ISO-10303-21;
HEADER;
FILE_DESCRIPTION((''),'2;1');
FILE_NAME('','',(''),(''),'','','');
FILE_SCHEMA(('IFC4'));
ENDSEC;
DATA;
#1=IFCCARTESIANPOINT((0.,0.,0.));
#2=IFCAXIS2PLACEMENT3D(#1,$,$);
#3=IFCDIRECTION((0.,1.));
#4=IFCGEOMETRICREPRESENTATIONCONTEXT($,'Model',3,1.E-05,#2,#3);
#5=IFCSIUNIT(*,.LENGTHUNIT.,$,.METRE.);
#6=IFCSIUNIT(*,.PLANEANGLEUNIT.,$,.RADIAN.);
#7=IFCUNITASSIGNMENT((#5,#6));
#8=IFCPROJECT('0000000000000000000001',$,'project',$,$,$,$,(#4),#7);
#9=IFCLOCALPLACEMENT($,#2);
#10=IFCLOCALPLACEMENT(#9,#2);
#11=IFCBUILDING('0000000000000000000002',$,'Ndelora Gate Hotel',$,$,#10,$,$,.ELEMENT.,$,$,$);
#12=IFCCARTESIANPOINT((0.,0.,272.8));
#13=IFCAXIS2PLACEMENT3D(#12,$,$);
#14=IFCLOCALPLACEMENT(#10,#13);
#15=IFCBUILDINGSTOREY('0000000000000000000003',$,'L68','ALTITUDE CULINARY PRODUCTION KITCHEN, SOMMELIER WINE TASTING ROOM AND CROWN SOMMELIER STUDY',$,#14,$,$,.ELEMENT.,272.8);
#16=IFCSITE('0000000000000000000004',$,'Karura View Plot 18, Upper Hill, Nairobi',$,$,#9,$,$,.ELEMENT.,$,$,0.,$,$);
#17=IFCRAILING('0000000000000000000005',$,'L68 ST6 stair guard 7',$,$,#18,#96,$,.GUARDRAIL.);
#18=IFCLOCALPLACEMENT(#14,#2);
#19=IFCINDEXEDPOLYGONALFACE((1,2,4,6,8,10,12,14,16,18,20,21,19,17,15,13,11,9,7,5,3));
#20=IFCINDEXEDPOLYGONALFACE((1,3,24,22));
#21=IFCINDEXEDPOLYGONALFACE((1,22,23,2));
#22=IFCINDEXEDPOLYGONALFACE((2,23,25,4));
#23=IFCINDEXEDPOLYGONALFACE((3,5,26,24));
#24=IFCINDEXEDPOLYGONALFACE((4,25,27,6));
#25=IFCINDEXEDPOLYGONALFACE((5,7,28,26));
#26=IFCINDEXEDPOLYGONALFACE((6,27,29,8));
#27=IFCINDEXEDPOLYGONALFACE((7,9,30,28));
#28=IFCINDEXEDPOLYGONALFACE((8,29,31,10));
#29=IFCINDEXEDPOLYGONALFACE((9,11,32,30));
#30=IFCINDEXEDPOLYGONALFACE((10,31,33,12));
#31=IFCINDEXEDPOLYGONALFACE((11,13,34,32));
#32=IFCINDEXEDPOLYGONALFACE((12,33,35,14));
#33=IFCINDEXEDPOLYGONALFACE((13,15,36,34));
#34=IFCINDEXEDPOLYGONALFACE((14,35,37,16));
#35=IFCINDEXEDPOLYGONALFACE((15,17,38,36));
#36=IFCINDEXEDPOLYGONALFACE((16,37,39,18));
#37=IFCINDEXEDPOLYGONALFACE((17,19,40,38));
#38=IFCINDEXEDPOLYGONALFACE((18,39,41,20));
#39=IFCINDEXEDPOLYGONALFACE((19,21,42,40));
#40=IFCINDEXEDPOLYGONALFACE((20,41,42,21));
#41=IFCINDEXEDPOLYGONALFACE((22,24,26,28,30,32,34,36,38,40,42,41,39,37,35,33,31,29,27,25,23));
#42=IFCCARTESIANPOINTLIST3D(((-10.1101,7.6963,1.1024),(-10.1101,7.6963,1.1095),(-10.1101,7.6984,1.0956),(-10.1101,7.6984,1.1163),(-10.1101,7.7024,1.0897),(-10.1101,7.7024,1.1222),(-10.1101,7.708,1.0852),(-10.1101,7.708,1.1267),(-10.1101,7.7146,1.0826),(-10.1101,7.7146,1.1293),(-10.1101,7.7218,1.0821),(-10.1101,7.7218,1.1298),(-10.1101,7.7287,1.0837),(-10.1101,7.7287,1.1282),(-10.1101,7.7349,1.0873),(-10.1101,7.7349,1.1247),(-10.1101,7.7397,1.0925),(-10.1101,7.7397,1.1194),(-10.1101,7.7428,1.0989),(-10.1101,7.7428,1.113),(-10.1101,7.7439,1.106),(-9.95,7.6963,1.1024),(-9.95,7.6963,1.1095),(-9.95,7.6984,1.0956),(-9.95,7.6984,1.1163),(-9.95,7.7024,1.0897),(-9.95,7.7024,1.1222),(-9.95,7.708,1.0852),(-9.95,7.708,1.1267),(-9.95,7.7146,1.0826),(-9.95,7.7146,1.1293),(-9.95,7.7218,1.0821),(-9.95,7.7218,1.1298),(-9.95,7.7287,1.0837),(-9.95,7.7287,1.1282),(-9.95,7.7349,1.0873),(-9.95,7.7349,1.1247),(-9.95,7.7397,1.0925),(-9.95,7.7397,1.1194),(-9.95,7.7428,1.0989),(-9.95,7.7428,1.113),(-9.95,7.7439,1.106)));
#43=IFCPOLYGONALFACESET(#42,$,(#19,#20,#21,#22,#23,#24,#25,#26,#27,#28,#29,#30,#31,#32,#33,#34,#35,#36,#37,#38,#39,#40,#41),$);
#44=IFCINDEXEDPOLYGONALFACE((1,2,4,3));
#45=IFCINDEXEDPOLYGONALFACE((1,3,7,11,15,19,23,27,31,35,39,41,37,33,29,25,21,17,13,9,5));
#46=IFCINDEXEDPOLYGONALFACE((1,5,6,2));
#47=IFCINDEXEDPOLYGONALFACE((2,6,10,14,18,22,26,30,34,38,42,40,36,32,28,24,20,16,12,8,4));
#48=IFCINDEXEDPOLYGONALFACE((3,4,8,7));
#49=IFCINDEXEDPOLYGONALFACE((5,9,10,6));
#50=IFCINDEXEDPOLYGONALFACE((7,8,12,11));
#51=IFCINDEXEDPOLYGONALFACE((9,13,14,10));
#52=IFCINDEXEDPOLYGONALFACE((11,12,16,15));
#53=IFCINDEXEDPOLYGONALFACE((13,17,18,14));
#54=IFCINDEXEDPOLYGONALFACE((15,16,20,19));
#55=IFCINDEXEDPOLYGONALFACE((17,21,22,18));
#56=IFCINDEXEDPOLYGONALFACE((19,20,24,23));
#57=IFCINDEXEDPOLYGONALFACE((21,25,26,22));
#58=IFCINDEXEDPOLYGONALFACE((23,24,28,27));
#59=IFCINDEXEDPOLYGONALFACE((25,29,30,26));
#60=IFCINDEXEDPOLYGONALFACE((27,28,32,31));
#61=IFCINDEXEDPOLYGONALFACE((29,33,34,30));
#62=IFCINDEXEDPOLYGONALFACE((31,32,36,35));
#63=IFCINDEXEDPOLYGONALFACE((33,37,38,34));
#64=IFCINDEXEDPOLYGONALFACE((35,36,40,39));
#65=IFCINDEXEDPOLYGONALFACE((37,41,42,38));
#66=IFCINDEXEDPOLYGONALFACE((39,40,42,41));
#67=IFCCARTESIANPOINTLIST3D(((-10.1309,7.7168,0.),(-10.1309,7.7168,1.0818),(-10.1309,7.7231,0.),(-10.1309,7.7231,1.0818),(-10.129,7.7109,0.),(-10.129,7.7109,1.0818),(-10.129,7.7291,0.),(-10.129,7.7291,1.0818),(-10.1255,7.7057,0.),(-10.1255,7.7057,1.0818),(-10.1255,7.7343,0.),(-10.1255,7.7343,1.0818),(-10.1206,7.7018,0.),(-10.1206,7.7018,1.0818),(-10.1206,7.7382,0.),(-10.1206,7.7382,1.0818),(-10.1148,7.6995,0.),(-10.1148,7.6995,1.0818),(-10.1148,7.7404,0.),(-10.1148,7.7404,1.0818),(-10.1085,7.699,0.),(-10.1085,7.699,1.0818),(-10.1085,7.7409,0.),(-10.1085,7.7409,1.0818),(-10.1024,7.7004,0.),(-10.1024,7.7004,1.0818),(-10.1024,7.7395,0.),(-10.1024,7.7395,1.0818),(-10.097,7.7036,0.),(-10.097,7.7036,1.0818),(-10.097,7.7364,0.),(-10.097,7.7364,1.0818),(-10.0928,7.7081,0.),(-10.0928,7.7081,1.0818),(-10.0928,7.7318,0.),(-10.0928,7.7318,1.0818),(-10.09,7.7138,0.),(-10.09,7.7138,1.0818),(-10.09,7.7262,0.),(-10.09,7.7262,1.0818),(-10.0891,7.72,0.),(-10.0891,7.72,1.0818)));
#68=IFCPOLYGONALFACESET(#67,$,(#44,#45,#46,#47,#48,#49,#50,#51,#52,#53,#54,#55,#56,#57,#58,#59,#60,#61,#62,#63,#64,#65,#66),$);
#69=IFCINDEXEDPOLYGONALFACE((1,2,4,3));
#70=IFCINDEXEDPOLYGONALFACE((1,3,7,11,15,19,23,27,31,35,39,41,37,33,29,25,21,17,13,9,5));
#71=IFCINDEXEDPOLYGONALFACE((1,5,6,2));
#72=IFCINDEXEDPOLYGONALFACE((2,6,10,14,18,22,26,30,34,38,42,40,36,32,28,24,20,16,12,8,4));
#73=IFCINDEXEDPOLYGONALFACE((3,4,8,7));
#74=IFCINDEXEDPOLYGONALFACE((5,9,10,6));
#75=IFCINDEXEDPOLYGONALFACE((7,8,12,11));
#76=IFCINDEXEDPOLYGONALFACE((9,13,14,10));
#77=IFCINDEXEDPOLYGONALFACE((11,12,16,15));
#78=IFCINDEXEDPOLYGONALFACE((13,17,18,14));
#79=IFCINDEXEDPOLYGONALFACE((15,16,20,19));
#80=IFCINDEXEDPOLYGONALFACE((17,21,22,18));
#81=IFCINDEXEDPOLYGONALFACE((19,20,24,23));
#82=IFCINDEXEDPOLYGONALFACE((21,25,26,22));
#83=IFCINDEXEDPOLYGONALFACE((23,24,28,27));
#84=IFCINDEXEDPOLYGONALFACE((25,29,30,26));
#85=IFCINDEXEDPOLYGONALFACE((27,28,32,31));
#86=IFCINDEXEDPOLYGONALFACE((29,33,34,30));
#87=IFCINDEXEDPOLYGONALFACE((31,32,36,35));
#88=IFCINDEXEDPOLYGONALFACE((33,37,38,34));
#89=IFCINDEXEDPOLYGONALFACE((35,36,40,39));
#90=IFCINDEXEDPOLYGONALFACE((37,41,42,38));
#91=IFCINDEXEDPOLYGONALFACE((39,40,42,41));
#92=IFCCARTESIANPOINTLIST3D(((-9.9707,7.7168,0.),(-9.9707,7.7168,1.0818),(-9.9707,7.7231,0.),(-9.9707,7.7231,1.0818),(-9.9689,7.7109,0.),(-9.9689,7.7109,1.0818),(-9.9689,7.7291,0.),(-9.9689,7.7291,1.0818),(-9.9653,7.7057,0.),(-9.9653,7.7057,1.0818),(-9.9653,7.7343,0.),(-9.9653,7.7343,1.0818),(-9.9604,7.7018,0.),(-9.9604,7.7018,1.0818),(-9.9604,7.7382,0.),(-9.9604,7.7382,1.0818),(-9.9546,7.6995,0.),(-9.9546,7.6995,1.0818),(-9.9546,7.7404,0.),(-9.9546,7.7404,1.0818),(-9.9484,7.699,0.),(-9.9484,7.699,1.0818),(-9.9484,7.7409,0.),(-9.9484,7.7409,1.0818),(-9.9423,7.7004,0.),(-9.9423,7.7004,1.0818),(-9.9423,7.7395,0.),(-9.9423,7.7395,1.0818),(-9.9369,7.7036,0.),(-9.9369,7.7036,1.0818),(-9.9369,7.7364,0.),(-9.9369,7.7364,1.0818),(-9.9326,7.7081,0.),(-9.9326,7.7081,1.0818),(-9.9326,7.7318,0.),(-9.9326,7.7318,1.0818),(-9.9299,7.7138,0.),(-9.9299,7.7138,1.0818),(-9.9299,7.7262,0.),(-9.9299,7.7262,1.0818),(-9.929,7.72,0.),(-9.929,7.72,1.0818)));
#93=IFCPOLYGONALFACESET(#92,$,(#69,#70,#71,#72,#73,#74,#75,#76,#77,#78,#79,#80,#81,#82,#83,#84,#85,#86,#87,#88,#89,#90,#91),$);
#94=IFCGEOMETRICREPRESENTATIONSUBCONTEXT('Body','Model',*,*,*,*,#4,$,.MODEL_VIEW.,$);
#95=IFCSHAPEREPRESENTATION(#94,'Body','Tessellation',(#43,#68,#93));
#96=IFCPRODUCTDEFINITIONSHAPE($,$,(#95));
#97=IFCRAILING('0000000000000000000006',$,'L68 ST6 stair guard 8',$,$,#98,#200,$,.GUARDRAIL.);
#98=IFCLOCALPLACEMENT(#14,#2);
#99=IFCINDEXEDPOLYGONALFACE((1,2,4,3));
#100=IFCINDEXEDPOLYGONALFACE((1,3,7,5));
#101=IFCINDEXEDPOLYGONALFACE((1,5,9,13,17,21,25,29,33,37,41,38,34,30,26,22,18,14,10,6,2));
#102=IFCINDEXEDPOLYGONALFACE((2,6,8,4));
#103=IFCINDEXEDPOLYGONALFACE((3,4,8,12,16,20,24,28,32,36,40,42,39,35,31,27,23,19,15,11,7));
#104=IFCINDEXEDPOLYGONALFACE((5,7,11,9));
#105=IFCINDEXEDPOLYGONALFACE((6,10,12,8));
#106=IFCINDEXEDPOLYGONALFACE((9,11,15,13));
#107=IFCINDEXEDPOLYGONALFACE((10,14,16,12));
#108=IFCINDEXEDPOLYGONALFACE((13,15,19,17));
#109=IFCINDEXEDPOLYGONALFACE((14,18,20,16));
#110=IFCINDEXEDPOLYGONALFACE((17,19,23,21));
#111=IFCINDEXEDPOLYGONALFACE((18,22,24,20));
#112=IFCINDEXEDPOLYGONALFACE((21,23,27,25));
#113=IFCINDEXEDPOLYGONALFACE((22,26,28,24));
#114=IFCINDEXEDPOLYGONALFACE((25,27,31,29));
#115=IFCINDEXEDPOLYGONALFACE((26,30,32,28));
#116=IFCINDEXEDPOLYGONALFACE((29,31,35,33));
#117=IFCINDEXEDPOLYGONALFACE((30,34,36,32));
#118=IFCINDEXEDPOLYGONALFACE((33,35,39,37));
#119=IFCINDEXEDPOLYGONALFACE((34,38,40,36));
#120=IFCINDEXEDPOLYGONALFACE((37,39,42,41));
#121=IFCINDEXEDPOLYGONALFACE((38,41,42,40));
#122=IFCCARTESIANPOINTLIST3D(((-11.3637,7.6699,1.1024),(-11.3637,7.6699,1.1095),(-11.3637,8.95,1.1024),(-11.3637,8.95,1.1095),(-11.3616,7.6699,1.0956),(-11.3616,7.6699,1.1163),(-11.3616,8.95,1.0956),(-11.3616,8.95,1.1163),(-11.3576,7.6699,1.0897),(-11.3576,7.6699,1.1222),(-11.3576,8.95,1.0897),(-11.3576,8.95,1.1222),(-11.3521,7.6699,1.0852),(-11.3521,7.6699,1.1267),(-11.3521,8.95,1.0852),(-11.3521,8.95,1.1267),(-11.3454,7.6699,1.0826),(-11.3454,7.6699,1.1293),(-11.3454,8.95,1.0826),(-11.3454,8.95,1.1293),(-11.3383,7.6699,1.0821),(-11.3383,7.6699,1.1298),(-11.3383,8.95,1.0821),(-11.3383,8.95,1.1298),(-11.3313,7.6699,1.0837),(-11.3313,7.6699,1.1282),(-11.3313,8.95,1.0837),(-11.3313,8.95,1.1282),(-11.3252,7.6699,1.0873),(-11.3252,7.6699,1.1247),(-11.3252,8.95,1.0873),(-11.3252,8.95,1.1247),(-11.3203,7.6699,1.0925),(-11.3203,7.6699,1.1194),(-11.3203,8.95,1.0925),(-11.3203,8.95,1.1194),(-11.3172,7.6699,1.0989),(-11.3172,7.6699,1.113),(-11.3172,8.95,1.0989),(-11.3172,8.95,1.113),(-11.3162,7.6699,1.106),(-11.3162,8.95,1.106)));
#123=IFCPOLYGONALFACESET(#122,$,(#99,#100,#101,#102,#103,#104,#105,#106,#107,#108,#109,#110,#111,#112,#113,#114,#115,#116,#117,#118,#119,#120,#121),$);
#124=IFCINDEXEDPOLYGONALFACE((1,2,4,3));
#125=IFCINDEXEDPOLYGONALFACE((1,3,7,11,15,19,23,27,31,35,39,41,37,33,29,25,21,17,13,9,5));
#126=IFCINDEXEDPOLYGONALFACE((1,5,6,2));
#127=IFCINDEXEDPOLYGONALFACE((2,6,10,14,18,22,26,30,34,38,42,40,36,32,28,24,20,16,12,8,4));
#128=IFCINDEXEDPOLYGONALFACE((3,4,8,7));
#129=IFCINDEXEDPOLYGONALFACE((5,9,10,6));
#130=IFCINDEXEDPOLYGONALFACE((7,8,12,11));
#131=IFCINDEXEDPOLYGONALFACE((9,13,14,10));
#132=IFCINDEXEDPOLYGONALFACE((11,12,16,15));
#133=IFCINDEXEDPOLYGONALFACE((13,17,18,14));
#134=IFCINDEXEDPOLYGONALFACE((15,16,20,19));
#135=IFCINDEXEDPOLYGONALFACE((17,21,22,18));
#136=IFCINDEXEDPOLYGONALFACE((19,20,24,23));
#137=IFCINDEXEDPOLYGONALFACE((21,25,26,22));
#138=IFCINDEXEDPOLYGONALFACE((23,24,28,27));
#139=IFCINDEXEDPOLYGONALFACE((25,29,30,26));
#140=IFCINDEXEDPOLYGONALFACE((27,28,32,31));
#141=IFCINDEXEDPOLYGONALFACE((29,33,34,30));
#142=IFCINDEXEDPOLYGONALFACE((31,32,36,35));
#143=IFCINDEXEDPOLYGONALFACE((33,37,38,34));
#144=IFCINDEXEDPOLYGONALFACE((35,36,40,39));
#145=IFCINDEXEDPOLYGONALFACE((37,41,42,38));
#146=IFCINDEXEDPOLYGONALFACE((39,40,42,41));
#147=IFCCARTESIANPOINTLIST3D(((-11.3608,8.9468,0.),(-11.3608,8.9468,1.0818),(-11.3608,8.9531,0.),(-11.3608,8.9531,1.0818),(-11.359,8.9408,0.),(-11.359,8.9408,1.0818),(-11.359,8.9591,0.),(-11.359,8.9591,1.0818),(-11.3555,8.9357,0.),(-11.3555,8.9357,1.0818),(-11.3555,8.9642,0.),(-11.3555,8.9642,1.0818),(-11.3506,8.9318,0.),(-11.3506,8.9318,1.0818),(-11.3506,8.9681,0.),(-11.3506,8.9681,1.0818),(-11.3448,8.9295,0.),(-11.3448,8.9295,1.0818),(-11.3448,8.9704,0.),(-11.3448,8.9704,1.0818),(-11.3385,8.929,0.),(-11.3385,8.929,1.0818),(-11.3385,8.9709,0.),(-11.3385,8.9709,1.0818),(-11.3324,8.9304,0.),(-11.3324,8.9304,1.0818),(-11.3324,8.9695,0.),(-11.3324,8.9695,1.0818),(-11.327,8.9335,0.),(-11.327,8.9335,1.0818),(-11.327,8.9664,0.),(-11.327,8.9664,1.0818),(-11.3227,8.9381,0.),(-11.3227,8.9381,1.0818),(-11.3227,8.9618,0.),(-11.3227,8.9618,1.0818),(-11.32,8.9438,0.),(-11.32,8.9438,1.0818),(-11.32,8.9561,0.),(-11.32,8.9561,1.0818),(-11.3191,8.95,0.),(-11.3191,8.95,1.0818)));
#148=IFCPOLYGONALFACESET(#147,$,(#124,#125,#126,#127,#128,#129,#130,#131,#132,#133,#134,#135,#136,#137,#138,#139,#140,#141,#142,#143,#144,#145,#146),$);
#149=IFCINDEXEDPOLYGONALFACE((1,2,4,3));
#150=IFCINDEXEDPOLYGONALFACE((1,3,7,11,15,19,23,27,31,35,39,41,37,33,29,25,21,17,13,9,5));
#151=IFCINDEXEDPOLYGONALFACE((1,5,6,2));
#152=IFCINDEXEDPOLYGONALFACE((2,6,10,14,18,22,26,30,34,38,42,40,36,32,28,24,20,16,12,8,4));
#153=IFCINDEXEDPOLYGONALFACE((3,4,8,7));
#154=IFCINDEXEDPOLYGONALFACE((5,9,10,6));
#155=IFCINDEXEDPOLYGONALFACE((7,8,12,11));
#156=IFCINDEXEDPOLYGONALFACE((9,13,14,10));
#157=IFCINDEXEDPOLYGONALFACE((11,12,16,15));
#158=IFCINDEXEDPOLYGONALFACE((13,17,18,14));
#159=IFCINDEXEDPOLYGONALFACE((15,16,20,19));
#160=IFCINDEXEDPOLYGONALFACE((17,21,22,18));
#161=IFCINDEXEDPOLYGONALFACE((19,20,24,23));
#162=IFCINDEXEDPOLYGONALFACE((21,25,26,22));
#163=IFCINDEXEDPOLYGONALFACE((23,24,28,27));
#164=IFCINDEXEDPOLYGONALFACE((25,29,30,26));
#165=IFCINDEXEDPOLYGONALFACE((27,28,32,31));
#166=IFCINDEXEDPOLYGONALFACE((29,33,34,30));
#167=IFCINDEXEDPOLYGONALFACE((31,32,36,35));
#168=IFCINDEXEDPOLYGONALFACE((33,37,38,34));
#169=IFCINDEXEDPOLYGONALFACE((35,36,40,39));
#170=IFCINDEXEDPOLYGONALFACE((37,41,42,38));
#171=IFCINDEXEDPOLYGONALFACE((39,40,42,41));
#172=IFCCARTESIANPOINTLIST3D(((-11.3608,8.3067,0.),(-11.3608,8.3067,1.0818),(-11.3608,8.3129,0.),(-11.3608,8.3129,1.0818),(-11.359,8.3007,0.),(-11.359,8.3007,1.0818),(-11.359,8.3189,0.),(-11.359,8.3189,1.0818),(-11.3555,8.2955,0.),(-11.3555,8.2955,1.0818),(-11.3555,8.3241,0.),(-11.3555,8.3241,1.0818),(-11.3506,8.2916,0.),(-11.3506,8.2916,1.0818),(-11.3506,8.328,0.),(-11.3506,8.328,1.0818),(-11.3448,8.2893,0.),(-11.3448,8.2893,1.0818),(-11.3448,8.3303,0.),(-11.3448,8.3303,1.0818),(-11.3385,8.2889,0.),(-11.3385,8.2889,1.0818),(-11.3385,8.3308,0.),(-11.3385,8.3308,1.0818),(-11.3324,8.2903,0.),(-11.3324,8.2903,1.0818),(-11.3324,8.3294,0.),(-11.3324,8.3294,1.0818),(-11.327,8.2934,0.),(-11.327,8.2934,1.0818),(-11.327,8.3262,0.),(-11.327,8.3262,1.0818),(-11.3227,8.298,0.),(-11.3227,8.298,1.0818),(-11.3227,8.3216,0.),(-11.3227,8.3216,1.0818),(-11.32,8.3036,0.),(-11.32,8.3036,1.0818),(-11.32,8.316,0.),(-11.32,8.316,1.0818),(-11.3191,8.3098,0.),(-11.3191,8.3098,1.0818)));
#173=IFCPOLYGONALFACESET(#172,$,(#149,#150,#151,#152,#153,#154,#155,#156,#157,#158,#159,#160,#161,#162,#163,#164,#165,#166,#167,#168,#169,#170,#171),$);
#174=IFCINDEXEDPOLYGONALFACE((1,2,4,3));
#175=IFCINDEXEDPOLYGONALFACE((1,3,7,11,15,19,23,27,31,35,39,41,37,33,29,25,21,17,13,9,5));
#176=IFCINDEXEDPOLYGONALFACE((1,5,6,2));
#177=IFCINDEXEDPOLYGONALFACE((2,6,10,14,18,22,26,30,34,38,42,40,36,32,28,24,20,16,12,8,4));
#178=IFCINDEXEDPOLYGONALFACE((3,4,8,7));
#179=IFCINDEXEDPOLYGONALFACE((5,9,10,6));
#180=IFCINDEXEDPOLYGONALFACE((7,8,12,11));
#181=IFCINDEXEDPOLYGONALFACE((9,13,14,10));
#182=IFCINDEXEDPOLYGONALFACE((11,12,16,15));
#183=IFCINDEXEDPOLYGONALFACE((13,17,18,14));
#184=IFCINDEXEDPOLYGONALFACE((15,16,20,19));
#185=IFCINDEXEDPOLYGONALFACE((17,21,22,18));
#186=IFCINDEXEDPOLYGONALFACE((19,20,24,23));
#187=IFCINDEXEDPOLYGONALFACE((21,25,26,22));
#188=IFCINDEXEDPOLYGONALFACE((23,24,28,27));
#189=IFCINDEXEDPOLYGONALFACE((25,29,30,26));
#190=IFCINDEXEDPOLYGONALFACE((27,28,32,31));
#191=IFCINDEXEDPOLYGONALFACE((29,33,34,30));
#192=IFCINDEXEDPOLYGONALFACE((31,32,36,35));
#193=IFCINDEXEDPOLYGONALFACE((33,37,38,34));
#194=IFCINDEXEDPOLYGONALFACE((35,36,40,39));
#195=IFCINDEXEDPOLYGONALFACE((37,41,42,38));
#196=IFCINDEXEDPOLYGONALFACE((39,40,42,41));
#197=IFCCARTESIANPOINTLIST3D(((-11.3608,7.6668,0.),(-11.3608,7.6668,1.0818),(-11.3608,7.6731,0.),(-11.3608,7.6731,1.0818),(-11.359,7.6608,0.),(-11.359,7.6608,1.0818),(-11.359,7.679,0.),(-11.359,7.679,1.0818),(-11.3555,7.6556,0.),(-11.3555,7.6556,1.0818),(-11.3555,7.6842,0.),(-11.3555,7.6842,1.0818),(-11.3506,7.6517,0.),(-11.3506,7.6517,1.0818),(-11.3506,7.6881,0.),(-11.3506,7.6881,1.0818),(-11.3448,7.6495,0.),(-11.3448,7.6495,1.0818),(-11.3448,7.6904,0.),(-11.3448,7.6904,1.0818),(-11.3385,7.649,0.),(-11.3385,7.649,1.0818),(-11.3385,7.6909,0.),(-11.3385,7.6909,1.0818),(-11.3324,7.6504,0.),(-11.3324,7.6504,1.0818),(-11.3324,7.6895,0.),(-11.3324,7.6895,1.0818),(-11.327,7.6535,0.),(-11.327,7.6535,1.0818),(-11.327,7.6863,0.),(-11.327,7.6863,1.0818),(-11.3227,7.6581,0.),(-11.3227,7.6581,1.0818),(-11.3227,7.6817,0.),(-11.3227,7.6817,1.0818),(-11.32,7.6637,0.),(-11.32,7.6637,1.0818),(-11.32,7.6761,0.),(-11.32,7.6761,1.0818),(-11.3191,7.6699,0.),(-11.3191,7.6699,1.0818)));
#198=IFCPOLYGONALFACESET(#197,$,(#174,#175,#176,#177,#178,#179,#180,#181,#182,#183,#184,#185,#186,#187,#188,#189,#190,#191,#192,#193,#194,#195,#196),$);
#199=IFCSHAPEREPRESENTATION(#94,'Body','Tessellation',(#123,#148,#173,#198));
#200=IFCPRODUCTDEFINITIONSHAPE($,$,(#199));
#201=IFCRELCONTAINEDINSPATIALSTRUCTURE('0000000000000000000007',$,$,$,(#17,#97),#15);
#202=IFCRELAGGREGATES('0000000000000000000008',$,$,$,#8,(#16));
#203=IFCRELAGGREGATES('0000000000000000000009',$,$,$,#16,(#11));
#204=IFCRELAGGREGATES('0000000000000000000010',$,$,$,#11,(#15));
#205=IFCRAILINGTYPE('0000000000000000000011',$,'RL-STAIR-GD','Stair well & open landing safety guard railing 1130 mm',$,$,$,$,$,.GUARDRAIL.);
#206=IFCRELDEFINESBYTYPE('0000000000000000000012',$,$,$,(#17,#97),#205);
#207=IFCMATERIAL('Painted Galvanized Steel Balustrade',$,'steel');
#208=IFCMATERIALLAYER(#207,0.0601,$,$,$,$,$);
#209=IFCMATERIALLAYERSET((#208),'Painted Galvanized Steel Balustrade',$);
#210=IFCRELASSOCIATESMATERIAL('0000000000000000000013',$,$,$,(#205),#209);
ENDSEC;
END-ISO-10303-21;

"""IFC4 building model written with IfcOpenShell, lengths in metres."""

from ifc_helpers import new_model, si_unit, direction, frame, origin, origin_2d, place, context, subcontext, project, spatial, circle, extrude, material, layer, layer_set, type_object, element, save


model = new_model("IFC4")

# Units and contexts
model_context = context("Model", 3, precision=1e-05, world=origin(), true_north=direction((0.0, 1.0)))
body_context = subcontext(model_context, "Body", "Model", "MODEL_VIEW")
ifc_project = project(units=[si_unit("LENGTHUNIT", "METRE"), si_unit("PLANEANGLEUNIT", "RADIAN")], contexts=[model_context])

# Site, building, storey
site_placement = place(None, origin())
site = spatial("IfcSite", under=ifc_project, at=site_placement, Name="Karura View Plot 18, Upper Hill, Nairobi", CompositionType="ELEMENT", RefElevation=0.0)
building_placement = place(site_placement, origin())
building = spatial("IfcBuilding", under=site, at=building_placement, Name="Ndelora Gate Hotel", CompositionType="ELEMENT")
storey_placement = place(building_placement, frame((0.0, 0.0, 272.8)))
storey = spatial("IfcBuildingStorey", under=building, at=storey_placement, Name="L68", Description="ALTITUDE CULINARY PRODUCTION KITCHEN, SOMMELIER WINE TASTING ROOM AND CROWN SOMMELIER STUDY", CompositionType="ELEMENT", Elevation=272.8)

# Railings
ifc_material_1 = material(Name="Painted Galvanized Steel Balustrade", Category="steel")
ifc_layer_1 = layer(ifc_material_1, 0.0601)
ifc_layer_set_1 = layer_set([ifc_layer_1], Name="Painted Galvanized Steel Balustrade")
railing_type_1 = type_object("IfcRailingType", Name="RL-STAIR-GD", Description="Stair well & open landing safety guard railing 1130 mm", PredefinedType="GUARDRAIL", material=ifc_layer_set_1)
railing_1_placement = place(storey_placement, frame((-10.1101, 7.72, 0.0)))
element("IfcRailing", 1, at=railing_1_placement, inside=storey, type_object=railing_type_1, Name="L68 ST6 stair guard 7", PredefinedType="GUARDRAIL", context=body_context, shape_type="SweptSolid", body=[
    extrude(circle(Radius=0.0239, at=origin_2d()), frame((0.0, 0.0, 1.106), z_axis=(1.0, 0.0, 0.0), x_axis=(0.0, 1.0, 0.0)), (0.0, 0.0, 1.0), 0.1602),
    extrude(circle(Radius=0.021, at=origin_2d()), origin(), (0.0, 0.0, 1.0), 1.0818),
    extrude(circle(Radius=0.021, at=origin_2d()), frame((0.1602, 0.0, 0.0)), (0.0, 0.0, 1.0), 1.0818),
])
railing_2_placement = place(storey_placement, frame((-11.3401, 8.95, 0.0)))
element("IfcRailing", 2, at=railing_2_placement, inside=storey, type_object=railing_type_1, Name="L68 ST6 stair guard 8", PredefinedType="GUARDRAIL", context=body_context, shape_type="SweptSolid", body=[
    extrude(circle(Radius=0.0239, at=origin_2d()), frame((0.0, 0.0, 1.106), z_axis=(0.0, -1.0, 0.0), x_axis=(1.0, 0.0, 0.0)), (0.0, 0.0, 1.0), 1.28),
    extrude(circle(Radius=0.021, at=origin_2d()), origin(), (0.0, 0.0, 1.0), 1.0818),
    extrude(circle(Radius=0.021, at=origin_2d()), frame((0.0, -0.6401, 0.0)), (0.0, 0.0, 1.0), 1.0818),
    extrude(circle(Radius=0.021, at=origin_2d()), frame((0.0, -1.28, 0.0)), (0.0, 0.0, 1.0), 1.0818),
])

save(model, "model.ifc")
